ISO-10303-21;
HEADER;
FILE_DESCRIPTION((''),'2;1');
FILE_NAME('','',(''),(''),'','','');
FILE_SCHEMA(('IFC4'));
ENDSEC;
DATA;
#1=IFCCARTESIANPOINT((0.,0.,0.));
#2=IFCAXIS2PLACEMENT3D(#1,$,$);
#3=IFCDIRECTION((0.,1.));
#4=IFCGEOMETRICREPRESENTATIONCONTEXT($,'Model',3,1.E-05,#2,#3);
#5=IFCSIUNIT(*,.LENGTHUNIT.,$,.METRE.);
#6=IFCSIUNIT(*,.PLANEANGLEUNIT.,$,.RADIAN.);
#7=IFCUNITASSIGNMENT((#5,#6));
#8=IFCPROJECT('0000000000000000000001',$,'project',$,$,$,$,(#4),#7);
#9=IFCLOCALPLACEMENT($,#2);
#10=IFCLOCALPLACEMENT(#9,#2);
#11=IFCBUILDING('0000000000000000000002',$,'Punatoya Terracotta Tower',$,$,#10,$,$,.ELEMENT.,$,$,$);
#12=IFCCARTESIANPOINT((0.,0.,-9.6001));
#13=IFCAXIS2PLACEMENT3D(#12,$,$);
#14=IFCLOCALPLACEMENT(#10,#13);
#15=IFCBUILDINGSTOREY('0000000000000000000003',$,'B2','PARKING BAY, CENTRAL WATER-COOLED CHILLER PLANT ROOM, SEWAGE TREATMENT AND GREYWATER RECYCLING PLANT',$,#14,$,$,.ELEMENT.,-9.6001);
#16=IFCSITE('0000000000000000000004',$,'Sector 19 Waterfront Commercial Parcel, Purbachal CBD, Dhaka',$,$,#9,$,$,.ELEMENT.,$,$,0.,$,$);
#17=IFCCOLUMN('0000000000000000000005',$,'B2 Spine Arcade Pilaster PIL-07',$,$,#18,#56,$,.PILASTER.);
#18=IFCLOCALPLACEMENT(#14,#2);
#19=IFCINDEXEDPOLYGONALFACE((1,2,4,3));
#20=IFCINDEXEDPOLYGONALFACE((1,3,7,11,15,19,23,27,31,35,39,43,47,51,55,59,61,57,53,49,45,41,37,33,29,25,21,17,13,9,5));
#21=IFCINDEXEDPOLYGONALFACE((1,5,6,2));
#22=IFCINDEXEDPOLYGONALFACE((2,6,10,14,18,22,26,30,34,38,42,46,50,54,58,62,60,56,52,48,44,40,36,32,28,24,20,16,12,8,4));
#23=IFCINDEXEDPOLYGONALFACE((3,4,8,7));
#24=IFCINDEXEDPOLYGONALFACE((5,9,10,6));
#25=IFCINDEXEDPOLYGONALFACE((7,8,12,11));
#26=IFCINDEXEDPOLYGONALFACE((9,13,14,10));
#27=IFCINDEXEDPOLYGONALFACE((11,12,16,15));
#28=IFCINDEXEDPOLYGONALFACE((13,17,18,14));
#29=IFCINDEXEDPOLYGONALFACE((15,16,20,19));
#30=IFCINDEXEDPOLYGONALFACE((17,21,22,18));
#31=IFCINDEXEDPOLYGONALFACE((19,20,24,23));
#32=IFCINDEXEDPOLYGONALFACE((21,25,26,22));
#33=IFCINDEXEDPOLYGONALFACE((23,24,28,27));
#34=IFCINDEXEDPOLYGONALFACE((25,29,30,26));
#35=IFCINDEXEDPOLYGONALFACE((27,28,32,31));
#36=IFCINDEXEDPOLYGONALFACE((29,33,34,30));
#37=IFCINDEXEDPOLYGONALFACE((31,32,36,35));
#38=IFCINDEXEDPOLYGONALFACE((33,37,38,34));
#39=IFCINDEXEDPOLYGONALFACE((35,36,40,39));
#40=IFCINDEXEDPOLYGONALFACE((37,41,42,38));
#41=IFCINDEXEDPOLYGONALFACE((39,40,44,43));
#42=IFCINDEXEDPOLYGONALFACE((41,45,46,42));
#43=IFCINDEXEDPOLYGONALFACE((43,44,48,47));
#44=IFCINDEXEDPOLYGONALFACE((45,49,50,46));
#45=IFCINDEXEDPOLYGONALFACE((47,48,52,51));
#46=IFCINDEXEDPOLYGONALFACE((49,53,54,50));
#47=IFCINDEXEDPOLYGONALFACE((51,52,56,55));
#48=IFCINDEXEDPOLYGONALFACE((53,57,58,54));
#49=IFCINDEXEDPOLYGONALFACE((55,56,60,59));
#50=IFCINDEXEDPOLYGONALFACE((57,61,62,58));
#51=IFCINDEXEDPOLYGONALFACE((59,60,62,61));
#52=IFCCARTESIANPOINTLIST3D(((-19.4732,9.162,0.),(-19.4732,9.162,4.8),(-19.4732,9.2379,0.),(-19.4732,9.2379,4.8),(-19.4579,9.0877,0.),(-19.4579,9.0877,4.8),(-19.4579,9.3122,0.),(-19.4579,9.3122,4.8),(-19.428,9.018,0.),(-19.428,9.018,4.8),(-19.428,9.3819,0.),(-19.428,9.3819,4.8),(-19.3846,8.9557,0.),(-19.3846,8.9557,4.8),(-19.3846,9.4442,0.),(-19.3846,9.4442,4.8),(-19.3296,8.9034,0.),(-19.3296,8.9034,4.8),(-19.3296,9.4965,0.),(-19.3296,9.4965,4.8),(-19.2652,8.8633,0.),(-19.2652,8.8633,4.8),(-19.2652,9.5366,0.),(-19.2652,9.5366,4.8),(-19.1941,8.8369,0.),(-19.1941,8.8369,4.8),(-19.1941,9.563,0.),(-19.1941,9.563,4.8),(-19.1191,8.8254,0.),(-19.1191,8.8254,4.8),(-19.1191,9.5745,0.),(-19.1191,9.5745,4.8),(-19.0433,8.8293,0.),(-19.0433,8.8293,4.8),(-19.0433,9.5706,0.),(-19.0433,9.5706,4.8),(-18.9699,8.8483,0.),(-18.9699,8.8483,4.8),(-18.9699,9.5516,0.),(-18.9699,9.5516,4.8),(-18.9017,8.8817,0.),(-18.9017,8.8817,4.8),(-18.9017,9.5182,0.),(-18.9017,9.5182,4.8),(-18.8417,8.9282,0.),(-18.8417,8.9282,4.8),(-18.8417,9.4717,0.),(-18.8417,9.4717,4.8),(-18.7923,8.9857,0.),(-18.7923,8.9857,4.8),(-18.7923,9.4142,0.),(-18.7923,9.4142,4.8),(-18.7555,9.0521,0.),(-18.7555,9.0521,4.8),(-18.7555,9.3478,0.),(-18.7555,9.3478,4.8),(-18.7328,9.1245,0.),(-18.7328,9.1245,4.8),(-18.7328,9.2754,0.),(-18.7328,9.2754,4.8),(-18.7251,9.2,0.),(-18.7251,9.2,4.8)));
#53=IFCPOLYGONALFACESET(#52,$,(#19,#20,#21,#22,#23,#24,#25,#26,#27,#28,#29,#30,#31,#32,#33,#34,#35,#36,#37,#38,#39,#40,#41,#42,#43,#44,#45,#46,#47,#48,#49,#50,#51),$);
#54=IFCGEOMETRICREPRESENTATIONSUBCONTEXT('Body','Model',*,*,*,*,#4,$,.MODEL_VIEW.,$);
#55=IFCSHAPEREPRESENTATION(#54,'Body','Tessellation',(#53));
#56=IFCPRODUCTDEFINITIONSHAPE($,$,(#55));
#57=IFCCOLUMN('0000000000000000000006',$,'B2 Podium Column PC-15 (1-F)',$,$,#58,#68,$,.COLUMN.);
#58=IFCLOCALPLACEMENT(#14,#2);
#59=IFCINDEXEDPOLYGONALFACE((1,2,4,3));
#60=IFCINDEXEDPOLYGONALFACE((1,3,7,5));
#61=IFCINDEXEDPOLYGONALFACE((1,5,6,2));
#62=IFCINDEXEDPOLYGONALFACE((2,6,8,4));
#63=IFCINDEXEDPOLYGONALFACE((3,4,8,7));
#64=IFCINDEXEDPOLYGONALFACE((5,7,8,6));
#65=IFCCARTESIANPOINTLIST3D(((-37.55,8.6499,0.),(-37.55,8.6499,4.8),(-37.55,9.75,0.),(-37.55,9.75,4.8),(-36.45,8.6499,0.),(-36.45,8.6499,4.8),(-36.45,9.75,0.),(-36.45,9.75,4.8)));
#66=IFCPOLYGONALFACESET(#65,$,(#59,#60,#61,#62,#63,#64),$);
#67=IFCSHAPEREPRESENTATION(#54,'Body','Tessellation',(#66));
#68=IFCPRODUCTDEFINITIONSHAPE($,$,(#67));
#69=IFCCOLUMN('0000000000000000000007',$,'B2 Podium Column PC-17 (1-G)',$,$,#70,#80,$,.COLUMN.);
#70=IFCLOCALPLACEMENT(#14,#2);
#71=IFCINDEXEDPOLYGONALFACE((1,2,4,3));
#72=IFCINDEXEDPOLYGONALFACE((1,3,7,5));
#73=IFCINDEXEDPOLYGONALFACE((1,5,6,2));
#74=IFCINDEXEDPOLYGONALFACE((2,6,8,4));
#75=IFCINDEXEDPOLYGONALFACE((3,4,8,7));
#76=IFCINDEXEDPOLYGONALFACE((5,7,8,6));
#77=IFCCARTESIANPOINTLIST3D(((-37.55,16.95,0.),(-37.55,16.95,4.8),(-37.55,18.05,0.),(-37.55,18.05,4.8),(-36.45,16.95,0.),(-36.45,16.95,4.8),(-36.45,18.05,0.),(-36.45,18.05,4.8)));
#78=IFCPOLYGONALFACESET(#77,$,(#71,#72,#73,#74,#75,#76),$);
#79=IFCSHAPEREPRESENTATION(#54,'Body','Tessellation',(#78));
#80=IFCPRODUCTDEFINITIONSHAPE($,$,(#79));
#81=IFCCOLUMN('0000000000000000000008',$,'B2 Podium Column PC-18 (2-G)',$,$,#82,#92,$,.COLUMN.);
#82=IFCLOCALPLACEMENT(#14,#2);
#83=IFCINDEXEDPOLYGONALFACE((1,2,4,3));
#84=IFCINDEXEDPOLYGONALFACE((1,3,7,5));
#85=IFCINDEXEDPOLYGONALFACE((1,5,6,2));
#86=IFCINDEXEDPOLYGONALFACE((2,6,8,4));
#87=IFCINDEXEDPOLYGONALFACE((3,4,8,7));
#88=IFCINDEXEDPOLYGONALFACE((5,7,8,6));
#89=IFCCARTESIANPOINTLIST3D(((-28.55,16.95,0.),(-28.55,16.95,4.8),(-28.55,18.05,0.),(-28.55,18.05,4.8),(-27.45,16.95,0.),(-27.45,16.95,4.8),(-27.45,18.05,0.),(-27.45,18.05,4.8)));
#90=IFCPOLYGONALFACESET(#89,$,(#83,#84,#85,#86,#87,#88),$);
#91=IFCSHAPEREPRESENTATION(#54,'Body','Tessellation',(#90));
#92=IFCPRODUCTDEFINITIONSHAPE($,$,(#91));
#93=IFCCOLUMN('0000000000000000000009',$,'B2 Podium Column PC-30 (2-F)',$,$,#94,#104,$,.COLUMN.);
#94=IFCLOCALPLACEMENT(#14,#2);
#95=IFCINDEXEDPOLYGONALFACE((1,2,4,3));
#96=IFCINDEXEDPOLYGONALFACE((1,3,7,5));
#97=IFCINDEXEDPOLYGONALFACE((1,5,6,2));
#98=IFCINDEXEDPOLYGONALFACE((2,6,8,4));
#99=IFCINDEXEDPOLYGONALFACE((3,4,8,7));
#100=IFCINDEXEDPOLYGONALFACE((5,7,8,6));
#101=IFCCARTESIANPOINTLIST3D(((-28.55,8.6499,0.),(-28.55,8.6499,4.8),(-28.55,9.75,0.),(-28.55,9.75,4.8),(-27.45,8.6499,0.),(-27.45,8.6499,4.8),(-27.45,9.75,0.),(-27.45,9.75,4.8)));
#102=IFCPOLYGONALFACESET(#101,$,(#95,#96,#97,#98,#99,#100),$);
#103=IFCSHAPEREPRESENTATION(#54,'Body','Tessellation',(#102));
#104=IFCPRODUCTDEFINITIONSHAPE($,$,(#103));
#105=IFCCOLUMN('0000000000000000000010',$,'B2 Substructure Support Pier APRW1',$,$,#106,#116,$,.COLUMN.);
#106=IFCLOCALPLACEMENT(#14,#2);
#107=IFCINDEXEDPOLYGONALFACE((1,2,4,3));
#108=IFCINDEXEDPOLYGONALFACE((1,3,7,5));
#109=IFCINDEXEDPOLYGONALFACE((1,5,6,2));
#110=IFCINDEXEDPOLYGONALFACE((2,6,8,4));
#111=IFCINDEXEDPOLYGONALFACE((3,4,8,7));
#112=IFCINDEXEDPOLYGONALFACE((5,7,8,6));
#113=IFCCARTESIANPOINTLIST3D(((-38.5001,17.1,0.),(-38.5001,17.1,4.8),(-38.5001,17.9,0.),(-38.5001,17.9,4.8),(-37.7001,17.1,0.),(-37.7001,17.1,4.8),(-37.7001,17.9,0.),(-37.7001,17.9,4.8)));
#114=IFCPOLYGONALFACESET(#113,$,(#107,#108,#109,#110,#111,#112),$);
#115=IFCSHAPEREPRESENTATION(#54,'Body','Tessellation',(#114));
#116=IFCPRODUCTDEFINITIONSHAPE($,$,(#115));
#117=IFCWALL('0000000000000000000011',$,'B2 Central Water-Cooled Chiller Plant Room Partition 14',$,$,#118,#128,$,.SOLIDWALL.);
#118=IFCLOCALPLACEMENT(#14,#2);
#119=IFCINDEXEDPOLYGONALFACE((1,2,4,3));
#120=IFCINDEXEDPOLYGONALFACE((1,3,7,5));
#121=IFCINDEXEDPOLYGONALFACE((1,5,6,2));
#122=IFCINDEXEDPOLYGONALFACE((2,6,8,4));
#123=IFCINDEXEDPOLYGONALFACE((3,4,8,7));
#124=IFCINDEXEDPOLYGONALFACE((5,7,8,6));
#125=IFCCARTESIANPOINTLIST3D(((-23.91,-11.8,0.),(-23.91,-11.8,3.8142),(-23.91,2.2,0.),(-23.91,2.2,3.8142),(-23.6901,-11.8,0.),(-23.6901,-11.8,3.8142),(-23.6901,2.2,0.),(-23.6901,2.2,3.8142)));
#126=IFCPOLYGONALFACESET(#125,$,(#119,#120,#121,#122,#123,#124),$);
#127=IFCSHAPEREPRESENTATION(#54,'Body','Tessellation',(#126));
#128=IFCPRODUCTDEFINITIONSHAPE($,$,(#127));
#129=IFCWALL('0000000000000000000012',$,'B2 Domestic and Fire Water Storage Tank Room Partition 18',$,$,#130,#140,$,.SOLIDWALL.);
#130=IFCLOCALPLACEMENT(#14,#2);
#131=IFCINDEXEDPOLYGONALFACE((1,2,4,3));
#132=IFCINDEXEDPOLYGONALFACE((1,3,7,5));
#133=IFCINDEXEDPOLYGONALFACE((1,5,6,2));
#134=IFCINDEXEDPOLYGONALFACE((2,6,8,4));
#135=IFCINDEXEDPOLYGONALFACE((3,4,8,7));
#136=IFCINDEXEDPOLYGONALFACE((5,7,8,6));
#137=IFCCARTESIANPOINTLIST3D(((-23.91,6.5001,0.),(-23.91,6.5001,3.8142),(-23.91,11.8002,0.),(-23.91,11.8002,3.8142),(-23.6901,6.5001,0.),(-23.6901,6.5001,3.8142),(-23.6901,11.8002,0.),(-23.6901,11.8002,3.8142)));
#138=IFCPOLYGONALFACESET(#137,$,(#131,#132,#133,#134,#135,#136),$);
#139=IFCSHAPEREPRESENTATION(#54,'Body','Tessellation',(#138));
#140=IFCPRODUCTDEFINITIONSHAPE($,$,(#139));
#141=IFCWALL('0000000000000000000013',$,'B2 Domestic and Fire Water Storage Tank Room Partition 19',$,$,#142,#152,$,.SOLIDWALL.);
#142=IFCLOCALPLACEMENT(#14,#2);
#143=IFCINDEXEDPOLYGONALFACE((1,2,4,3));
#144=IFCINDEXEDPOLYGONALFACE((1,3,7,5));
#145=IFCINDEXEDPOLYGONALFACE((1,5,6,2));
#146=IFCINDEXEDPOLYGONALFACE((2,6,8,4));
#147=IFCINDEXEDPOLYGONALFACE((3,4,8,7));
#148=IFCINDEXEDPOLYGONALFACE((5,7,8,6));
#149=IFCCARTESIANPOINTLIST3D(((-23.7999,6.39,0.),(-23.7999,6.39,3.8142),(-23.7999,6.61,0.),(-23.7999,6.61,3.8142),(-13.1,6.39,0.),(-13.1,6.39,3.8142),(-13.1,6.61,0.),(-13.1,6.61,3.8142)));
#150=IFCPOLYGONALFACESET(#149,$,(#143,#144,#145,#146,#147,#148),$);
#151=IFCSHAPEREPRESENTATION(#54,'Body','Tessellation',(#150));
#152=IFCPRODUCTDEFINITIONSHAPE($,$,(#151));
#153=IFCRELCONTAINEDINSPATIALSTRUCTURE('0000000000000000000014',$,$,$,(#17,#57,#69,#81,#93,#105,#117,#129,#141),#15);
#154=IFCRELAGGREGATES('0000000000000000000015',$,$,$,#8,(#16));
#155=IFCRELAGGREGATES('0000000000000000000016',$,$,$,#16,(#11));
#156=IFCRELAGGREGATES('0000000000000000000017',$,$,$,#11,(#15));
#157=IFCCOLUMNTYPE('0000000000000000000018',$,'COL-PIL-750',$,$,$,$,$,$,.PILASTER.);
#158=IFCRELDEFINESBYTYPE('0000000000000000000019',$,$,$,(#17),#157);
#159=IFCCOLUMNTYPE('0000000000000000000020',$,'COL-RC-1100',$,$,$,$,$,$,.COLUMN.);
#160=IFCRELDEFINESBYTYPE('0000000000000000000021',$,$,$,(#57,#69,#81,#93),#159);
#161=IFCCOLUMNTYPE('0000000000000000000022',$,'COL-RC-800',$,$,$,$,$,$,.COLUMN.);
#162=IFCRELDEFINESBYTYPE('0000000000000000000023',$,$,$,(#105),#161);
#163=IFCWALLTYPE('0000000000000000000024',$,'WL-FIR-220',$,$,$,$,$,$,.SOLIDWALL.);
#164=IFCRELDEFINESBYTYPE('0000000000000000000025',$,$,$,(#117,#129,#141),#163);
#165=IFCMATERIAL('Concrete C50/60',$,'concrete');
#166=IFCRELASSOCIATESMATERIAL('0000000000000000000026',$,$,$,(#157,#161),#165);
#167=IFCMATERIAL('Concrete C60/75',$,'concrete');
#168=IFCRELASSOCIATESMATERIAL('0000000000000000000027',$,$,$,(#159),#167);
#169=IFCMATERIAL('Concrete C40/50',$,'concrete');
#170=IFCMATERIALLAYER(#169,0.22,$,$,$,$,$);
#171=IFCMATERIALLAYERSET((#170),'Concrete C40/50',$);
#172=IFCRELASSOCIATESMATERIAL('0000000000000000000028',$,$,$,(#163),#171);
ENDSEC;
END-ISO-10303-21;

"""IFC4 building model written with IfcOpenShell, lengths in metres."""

from ifc_helpers import new_model, si_unit, direction, frame, frame_2d, origin, origin_2d, place, context, subcontext, project, spatial, rectangle, circle, extrude, material, layer, layer_set, material_profile, profile_set, type_object, element, save


model = new_model("IFC4")

# Units and contexts
model_context = context("Model", 3, precision=1e-05, world=origin(), true_north=direction((0.0, 1.0)))
body_context = subcontext(model_context, "Body", "Model", "MODEL_VIEW")
ifc_project = project(units=[si_unit("LENGTHUNIT", "METRE"), si_unit("PLANEANGLEUNIT", "RADIAN")], contexts=[model_context])

# Site, building, storey
site_placement = place(None, origin())
site = spatial("IfcSite", under=ifc_project, at=site_placement, Name="Sector 19 Waterfront Commercial Parcel, Purbachal CBD, Dhaka", CompositionType="ELEMENT", RefElevation=0.0)
building_placement = place(site_placement, origin())
building = spatial("IfcBuilding", under=site, at=building_placement, Name="Punatoya Terracotta Tower", CompositionType="ELEMENT")
storey_placement = place(building_placement, frame((0.0, 0.0, -9.6001)))
storey = spatial("IfcBuildingStorey", under=building, at=storey_placement, Name="B2", Description="PARKING BAY, CENTRAL WATER-COOLED CHILLER PLANT ROOM, SEWAGE TREATMENT AND GREYWATER RECYCLING PLANT", CompositionType="ELEMENT", Elevation=-9.6001)

# Columns
ifc_material_1 = material(Name="Concrete C50/60", Category="concrete")
ifc_material_profile_1 = material_profile(ifc_material_1, circle(Radius=0.375, at=origin_2d()))
ifc_profile_set_1 = profile_set([ifc_material_profile_1], Name="Concrete C50/60")
column_type_1 = type_object("IfcColumnType", Name="COL-PIL-750", PredefinedType="PILASTER", material=ifc_profile_set_1)
column_1_placement = place(storey_placement, frame((-19.1001, 9.2, 0.0), z_axis=(0.0, 0.0, 1.0), x_axis=(1.0, 0.0, 0.0)))
element("IfcColumn", 1, at=column_1_placement, inside=storey, type_object=column_type_1, Name="B2 Spine Arcade Pilaster PIL-07", PredefinedType="PILASTER", context=body_context, shape_type="SweptSolid", body=[
    extrude(circle(Radius=0.375, at=origin_2d()), origin(), (0.0, 0.0, 1.0), 4.8),
])
ifc_material_2 = material(Name="Concrete C60/75", Category="concrete")
ifc_material_profile_2 = material_profile(ifc_material_2, rectangle(XDim=1.1001, YDim=1.1001, at=origin_2d()))
ifc_profile_set_2 = profile_set([ifc_material_profile_2], Name="Concrete C60/75")
column_type_2 = type_object("IfcColumnType", Name="COL-RC-1100", PredefinedType="COLUMN", material=ifc_profile_set_2)
for number, where, z_axis, x_axis, name in (
    (2, (-37.0, 9.2, 0.0), (0.0, 0.0, 1.0), (1.0, 0.0, 0.0), "B2 Podium Column PC-15 (1-F)"),
    (3, (-37.0, 17.5, 0.0), (0.0, 0.0, 1.0), (1.0, 0.0, 0.0), "B2 Podium Column PC-17 (1-G)"),
    (4, (-28.0, 17.5, 0.0), (0.0, 0.0, 1.0), (1.0, 0.0, 0.0), "B2 Podium Column PC-18 (2-G)"),
    (5, (-28.0, 9.2, 0.0), (0.0, 0.0, 1.0), (1.0, 0.0, 0.0), "B2 Podium Column PC-30 (2-F)"),
):
    element("IfcColumn", number, at=place(storey_placement, frame(where, z_axis=z_axis, x_axis=x_axis)), inside=storey, type_object=column_type_2, Name=name, PredefinedType="COLUMN", context=body_context, shape_type="SweptSolid", body=[
        extrude(rectangle(XDim=1.1001, YDim=1.1001, at=origin_2d()), origin(), (0.0, 0.0, 1.0), 4.8),
    ])
ifc_material_profile_3 = material_profile(ifc_material_1, rectangle(XDim=0.8, YDim=0.8, at=origin_2d()))
ifc_profile_set_3 = profile_set([ifc_material_profile_3], Name="Concrete C50/60")
column_type_3 = type_object("IfcColumnType", Name="COL-RC-800", PredefinedType="COLUMN", material=ifc_profile_set_3)
column_2_placement = place(storey_placement, frame((-38.1001, 17.5, 0.0), z_axis=(0.0, 0.0, 1.0), x_axis=(1.0, 0.0, 0.0)))
element("IfcColumn", 6, at=column_2_placement, inside=storey, type_object=column_type_3, Name="B2 Substructure Support Pier APRW1", PredefinedType="COLUMN", context=body_context, shape_type="SweptSolid", body=[
    extrude(rectangle(XDim=0.8, YDim=0.8, at=origin_2d()), origin(), (0.0, 0.0, 1.0), 4.8),
])

# Walls
ifc_material_3 = material(Name="Concrete C40/50", Category="concrete")
ifc_layer = layer(ifc_material_3, 0.22)
ifc_layer_set = layer_set([ifc_layer], Name="Concrete C40/50")
wall_type = type_object("IfcWallType", Name="WL-FIR-220", PredefinedType="SOLIDWALL", material=ifc_layer_set)
wall_1_placement = place(storey_placement, frame((-23.8, 2.2, 0.0), z_axis=(0.0, 0.0, 1.0), x_axis=(0.0, -1.0, 0.0)))
element("IfcWall", 7, at=wall_1_placement, inside=storey, type_object=wall_type, Name="B2 Central Water-Cooled Chiller Plant Room Partition 14", PredefinedType="SOLIDWALL", context=body_context, shape_type="SweptSolid", body=[
    extrude(rectangle(XDim=14.0, YDim=0.22, at=frame_2d((7.0, 0.0))), origin(), (0.0, 0.0, 1.0), 3.8142),
])
wall_2_placement = place(storey_placement, frame((-23.8, 11.8, 0.0), z_axis=(0.0, 0.0, 1.0), x_axis=(0.0, -1.0, 0.0)))
element("IfcWall", 8, at=wall_2_placement, inside=storey, type_object=wall_type, Name="B2 Domestic and Fire Water Storage Tank Room Partition 18", PredefinedType="SOLIDWALL", context=body_context, shape_type="SweptSolid", body=[
    extrude(rectangle(XDim=5.3, YDim=0.22, at=frame_2d((2.6499, 0.0))), origin(), (0.0, 0.0, 1.0), 3.8142),
])
wall_3_placement = place(storey_placement, frame((-23.8, 6.5, 0.0), z_axis=(0.0, 0.0, 1.0), x_axis=(1.0, 0.0, 0.0)))
element("IfcWall", 9, at=wall_3_placement, inside=storey, type_object=wall_type, Name="B2 Domestic and Fire Water Storage Tank Room Partition 19", PredefinedType="SOLIDWALL", context=body_context, shape_type="SweptSolid", body=[
    extrude(rectangle(XDim=10.7, YDim=0.22, at=frame_2d((5.3501, 0.0))), origin(), (0.0, 0.0, 1.0), 3.8142),
])

save(model, "model.ifc")
